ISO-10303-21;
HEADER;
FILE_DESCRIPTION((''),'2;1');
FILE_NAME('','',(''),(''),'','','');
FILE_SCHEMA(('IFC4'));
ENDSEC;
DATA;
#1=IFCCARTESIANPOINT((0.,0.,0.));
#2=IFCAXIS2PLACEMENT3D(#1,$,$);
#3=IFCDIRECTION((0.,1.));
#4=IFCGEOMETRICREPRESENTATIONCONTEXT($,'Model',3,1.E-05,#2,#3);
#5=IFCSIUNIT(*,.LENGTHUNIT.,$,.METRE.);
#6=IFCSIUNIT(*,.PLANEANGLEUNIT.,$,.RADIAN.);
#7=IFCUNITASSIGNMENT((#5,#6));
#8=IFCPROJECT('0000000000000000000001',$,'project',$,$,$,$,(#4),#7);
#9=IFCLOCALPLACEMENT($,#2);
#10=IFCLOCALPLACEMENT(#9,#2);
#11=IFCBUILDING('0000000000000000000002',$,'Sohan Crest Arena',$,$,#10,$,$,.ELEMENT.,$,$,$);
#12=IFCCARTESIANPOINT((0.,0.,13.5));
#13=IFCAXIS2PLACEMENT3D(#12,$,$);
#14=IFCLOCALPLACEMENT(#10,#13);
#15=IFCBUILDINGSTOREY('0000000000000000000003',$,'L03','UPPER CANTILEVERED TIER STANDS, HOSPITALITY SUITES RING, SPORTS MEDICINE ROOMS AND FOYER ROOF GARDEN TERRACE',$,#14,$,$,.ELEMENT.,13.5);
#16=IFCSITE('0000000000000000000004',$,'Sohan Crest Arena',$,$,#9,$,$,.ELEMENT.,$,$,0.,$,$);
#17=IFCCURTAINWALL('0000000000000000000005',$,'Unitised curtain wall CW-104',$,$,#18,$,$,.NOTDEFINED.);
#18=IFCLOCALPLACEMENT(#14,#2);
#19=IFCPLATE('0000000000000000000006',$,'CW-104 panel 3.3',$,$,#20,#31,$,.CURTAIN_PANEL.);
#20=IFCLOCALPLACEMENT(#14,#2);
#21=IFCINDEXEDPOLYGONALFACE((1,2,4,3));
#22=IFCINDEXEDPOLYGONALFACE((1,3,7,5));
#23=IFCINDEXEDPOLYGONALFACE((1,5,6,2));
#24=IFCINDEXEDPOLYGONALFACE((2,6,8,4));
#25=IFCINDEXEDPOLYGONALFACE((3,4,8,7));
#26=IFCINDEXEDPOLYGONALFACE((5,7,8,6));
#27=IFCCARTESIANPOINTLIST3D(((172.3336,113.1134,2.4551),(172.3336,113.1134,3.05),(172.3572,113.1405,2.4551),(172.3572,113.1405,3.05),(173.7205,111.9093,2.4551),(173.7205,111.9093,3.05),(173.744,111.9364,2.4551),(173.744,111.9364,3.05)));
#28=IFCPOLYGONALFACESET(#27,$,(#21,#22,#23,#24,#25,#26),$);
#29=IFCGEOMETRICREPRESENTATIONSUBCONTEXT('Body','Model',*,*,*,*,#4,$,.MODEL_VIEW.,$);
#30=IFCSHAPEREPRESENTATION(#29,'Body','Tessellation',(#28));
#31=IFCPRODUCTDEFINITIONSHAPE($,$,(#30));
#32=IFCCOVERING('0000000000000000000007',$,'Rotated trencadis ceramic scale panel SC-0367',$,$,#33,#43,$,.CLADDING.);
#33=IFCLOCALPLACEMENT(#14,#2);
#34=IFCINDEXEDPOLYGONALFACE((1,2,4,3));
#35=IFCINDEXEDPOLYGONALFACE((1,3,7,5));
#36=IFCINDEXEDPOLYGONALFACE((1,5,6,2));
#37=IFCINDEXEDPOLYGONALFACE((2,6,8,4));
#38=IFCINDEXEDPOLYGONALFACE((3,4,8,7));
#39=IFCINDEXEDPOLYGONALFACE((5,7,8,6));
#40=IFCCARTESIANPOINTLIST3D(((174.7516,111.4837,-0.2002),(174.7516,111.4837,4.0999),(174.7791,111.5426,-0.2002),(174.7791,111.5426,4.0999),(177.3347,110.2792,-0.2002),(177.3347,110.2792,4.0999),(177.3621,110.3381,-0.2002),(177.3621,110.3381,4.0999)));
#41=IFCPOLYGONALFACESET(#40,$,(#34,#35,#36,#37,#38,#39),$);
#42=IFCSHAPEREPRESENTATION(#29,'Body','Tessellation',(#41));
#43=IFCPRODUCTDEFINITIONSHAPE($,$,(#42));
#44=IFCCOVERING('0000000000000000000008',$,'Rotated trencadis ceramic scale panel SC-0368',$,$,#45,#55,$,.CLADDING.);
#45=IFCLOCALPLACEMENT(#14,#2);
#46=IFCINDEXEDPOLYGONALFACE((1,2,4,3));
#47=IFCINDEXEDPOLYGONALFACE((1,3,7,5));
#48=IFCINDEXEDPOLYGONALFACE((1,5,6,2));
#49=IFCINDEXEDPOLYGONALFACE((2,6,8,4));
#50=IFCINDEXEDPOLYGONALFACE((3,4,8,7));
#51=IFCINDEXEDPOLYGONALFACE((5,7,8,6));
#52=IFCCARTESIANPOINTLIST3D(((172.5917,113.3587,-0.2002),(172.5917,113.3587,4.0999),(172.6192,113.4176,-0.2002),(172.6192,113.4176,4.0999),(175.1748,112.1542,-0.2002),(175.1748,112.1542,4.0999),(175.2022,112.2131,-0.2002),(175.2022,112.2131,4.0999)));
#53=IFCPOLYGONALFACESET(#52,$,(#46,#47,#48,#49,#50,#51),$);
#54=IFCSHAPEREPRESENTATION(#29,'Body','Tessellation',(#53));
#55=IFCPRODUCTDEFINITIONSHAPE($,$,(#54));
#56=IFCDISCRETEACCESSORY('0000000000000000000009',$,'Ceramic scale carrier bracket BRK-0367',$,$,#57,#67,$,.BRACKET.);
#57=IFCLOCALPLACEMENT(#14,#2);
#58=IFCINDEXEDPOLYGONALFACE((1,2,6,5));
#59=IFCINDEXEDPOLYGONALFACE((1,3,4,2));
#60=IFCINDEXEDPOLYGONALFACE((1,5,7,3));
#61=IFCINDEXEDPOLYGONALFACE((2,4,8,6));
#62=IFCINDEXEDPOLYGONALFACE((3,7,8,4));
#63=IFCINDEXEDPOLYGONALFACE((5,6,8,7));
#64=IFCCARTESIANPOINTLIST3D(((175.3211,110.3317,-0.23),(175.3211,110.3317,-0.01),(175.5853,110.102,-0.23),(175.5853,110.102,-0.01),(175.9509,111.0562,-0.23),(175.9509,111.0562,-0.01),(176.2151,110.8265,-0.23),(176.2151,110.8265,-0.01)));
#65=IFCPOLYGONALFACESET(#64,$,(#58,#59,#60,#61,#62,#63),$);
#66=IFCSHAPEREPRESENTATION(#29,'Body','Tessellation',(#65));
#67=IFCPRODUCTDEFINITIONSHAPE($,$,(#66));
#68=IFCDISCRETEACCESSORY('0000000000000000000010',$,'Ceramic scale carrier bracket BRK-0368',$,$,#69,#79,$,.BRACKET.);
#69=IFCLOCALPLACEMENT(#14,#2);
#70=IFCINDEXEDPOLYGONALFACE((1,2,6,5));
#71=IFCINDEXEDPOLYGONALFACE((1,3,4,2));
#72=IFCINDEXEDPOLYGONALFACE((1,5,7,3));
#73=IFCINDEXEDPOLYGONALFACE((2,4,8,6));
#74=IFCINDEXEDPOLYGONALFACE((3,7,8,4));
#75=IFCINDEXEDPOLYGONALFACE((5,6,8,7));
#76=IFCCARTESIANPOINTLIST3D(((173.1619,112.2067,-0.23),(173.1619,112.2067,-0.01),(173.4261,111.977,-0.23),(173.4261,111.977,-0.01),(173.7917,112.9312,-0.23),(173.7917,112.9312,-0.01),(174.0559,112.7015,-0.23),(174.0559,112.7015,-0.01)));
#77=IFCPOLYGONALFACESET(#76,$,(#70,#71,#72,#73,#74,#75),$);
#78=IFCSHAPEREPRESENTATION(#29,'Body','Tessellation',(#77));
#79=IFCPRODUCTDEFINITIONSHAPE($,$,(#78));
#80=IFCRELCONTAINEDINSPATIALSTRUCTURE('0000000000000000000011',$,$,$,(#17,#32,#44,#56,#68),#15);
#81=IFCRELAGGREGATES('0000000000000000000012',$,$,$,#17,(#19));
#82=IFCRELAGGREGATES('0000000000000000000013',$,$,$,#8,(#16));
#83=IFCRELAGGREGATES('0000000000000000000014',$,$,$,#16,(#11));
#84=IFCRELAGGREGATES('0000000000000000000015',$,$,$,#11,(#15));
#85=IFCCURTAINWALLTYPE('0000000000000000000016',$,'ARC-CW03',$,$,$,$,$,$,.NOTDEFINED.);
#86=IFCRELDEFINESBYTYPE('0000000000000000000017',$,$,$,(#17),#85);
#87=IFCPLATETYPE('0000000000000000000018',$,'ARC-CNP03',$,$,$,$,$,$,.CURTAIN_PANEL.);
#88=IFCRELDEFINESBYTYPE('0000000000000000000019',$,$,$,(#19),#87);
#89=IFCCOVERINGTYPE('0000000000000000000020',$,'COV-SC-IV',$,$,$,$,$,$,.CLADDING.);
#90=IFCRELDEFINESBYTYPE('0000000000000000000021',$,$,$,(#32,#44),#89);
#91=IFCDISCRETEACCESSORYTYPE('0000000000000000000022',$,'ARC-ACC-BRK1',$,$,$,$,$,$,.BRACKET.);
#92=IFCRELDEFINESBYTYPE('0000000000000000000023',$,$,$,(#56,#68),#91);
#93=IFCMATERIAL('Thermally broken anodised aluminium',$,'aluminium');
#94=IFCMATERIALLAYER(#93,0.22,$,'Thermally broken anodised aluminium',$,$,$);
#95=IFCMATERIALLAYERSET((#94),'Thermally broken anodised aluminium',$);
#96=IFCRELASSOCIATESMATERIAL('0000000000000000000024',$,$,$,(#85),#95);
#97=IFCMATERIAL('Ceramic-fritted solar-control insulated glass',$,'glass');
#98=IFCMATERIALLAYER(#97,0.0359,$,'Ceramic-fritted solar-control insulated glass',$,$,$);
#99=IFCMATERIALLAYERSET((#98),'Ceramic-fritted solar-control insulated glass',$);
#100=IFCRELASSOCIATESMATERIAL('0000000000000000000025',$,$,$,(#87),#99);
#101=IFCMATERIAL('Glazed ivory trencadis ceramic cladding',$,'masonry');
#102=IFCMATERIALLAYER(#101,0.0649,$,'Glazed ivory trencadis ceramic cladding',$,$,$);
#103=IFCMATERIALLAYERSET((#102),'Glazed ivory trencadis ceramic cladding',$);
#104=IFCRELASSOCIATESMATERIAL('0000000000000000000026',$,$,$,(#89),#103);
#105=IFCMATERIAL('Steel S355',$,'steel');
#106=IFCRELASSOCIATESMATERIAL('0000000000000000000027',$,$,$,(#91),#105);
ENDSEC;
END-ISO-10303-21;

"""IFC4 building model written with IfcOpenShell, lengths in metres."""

from ifc_helpers import new_model, si_unit, direction, frame, origin, origin_2d, place, context, subcontext, project, spatial, rectangle, extrude, material, layer, layer_set, type_object, element, aggregate, save


model = new_model("IFC4")

# Units and contexts
model_context = context("Model", 3, precision=1e-05, world=origin(), true_north=direction((0.0, 1.0)))
body_context = subcontext(model_context, "Body", "Model", "MODEL_VIEW")
ifc_project = project(units=[si_unit("LENGTHUNIT", "METRE"), si_unit("PLANEANGLEUNIT", "RADIAN")], contexts=[model_context])

# Site, building, storey
site_placement = place(None, origin())
site = spatial("IfcSite", under=ifc_project, at=site_placement, Name="Sohan Crest Arena", CompositionType="ELEMENT", RefElevation=0.0)
building_placement = place(site_placement, origin())
building = spatial("IfcBuilding", under=site, at=building_placement, Name="Sohan Crest Arena", CompositionType="ELEMENT")
storey_placement = place(building_placement, frame((0.0, 0.0, 13.5)))
storey = spatial("IfcBuildingStorey", under=building, at=storey_placement, Name="L03", Description="UPPER CANTILEVERED TIER STANDS, HOSPITALITY SUITES RING, SPORTS MEDICINE ROOMS AND FOYER ROOF GARDEN TERRACE", CompositionType="ELEMENT", Elevation=13.5)

# Shared definitions
ifc_material_1 = material(Name="Thermally broken anodised aluminium", Category="aluminium")

# Curtain wall, plate
ifc_layer_1 = layer(ifc_material_1, 0.22, Name="Thermally broken anodised aluminium")
ifc_layer_set_1 = layer_set([ifc_layer_1], Name="Thermally broken anodised aluminium")
curtain_wall_type_1 = type_object("IfcCurtainWallType", Name="ARC-CW03", PredefinedType="NOTDEFINED", material=ifc_layer_set_1)
curtain_wall_1_placement = place(storey_placement, origin())
curtain_wall_1 = element("IfcCurtainWall", 1, at=curtain_wall_1_placement, inside=storey, type_object=curtain_wall_type_1, Name="Unitised curtain wall CW-104", PredefinedType="NOTDEFINED")
ifc_material_2 = material(Name="Ceramic-fritted solar-control insulated glass", Category="glass")
ifc_layer_2 = layer(ifc_material_2, 0.0359, Name="Ceramic-fritted solar-control insulated glass")
ifc_layer_set_2 = layer_set([ifc_layer_2], Name="Ceramic-fritted solar-control insulated glass")
plate_type = type_object("IfcPlateType", Name="ARC-CNP03", PredefinedType="CURTAIN_PANEL", material=ifc_layer_set_2)
plate_1_placement = place(storey_placement, frame((173.0388, 112.5249, 2.4551), z_axis=(0.0, 0.0, 1.0), x_axis=(-0.755095, 0.655616, 0.0)))
plate_1 = element("IfcPlate", 2, at=plate_1_placement, type_object=plate_type, Name="CW-104 panel 3.3", PredefinedType="CURTAIN_PANEL", context=body_context, shape_type="SweptSolid", body=[
    extrude(rectangle(XDim=1.8367, YDim=0.0359, at=origin_2d()), origin(), (0.0, 0.0, 1.0), 0.595),
])
aggregate(curtain_wall_1, [plate_1])

# Coverings
ifc_material_3 = material(Name="Glazed ivory trencadis ceramic cladding", Category="masonry")
ifc_layer_3 = layer(ifc_material_3, 0.0649, Name="Glazed ivory trencadis ceramic cladding")
ifc_layer_set_3 = layer_set([ifc_layer_3], Name="Glazed ivory trencadis ceramic cladding")
covering_type = type_object("IfcCoveringType", Name="COV-SC-IV", PredefinedType="CLADDING", material=ifc_layer_set_3)
for number, where, z_axis, x_axis, name in (
    (3, (176.0569, 110.9109, -0.2002), (0.0, 0.0, 1.0), (-0.906308, 0.422618, 0.0), "Rotated trencadis ceramic scale panel SC-0367"),
    (4, (173.897, 112.7859, -0.2002), (0.0, 0.0, 1.0), (-0.906308, 0.422618, 0.0), "Rotated trencadis ceramic scale panel SC-0368"),
):
    element("IfcCovering", number, at=place(storey_placement, frame(where, z_axis=z_axis, x_axis=x_axis)), inside=storey, type_object=covering_type, Name=name, PredefinedType="CLADDING", context=body_context, shape_type="SweptSolid", body=[
        extrude(rectangle(XDim=2.8501, YDim=0.0649, at=origin_2d()), origin(), (0.0, 0.0, 1.0), 4.3),
    ])

# Discrete accessories
ifc_material_4 = material(Name="Steel S355", Category="steel")
discrete_accessory_type = type_object("IfcDiscreteAccessoryType", Name="ARC-ACC-BRK1", PredefinedType="BRACKET", material=ifc_material_4)
for number, where, z_axis, x_axis, name in (
    (5, (175.7681, 110.5791, -0.23), (0.0, 0.0, 1.0), (-0.75471, 0.656059, 0.0), "Ceramic scale carrier bracket BRK-0367"),
    (6, (173.6089, 112.4541, -0.23), (0.0, 0.0, 1.0), (-0.75471, 0.656059, 0.0), "Ceramic scale carrier bracket BRK-0368"),
):
    element("IfcDiscreteAccessory", number, at=place(storey_placement, frame(where, z_axis=z_axis, x_axis=x_axis)), inside=storey, type_object=discrete_accessory_type, Name=name, PredefinedType="BRACKET", context=body_context, shape_type="SweptSolid", body=[
        extrude(rectangle(XDim=0.3501, YDim=0.96, at=origin_2d()), origin(), (0.0, 0.0, 1.0), 0.22),
    ])

save(model, "model.ifc")
